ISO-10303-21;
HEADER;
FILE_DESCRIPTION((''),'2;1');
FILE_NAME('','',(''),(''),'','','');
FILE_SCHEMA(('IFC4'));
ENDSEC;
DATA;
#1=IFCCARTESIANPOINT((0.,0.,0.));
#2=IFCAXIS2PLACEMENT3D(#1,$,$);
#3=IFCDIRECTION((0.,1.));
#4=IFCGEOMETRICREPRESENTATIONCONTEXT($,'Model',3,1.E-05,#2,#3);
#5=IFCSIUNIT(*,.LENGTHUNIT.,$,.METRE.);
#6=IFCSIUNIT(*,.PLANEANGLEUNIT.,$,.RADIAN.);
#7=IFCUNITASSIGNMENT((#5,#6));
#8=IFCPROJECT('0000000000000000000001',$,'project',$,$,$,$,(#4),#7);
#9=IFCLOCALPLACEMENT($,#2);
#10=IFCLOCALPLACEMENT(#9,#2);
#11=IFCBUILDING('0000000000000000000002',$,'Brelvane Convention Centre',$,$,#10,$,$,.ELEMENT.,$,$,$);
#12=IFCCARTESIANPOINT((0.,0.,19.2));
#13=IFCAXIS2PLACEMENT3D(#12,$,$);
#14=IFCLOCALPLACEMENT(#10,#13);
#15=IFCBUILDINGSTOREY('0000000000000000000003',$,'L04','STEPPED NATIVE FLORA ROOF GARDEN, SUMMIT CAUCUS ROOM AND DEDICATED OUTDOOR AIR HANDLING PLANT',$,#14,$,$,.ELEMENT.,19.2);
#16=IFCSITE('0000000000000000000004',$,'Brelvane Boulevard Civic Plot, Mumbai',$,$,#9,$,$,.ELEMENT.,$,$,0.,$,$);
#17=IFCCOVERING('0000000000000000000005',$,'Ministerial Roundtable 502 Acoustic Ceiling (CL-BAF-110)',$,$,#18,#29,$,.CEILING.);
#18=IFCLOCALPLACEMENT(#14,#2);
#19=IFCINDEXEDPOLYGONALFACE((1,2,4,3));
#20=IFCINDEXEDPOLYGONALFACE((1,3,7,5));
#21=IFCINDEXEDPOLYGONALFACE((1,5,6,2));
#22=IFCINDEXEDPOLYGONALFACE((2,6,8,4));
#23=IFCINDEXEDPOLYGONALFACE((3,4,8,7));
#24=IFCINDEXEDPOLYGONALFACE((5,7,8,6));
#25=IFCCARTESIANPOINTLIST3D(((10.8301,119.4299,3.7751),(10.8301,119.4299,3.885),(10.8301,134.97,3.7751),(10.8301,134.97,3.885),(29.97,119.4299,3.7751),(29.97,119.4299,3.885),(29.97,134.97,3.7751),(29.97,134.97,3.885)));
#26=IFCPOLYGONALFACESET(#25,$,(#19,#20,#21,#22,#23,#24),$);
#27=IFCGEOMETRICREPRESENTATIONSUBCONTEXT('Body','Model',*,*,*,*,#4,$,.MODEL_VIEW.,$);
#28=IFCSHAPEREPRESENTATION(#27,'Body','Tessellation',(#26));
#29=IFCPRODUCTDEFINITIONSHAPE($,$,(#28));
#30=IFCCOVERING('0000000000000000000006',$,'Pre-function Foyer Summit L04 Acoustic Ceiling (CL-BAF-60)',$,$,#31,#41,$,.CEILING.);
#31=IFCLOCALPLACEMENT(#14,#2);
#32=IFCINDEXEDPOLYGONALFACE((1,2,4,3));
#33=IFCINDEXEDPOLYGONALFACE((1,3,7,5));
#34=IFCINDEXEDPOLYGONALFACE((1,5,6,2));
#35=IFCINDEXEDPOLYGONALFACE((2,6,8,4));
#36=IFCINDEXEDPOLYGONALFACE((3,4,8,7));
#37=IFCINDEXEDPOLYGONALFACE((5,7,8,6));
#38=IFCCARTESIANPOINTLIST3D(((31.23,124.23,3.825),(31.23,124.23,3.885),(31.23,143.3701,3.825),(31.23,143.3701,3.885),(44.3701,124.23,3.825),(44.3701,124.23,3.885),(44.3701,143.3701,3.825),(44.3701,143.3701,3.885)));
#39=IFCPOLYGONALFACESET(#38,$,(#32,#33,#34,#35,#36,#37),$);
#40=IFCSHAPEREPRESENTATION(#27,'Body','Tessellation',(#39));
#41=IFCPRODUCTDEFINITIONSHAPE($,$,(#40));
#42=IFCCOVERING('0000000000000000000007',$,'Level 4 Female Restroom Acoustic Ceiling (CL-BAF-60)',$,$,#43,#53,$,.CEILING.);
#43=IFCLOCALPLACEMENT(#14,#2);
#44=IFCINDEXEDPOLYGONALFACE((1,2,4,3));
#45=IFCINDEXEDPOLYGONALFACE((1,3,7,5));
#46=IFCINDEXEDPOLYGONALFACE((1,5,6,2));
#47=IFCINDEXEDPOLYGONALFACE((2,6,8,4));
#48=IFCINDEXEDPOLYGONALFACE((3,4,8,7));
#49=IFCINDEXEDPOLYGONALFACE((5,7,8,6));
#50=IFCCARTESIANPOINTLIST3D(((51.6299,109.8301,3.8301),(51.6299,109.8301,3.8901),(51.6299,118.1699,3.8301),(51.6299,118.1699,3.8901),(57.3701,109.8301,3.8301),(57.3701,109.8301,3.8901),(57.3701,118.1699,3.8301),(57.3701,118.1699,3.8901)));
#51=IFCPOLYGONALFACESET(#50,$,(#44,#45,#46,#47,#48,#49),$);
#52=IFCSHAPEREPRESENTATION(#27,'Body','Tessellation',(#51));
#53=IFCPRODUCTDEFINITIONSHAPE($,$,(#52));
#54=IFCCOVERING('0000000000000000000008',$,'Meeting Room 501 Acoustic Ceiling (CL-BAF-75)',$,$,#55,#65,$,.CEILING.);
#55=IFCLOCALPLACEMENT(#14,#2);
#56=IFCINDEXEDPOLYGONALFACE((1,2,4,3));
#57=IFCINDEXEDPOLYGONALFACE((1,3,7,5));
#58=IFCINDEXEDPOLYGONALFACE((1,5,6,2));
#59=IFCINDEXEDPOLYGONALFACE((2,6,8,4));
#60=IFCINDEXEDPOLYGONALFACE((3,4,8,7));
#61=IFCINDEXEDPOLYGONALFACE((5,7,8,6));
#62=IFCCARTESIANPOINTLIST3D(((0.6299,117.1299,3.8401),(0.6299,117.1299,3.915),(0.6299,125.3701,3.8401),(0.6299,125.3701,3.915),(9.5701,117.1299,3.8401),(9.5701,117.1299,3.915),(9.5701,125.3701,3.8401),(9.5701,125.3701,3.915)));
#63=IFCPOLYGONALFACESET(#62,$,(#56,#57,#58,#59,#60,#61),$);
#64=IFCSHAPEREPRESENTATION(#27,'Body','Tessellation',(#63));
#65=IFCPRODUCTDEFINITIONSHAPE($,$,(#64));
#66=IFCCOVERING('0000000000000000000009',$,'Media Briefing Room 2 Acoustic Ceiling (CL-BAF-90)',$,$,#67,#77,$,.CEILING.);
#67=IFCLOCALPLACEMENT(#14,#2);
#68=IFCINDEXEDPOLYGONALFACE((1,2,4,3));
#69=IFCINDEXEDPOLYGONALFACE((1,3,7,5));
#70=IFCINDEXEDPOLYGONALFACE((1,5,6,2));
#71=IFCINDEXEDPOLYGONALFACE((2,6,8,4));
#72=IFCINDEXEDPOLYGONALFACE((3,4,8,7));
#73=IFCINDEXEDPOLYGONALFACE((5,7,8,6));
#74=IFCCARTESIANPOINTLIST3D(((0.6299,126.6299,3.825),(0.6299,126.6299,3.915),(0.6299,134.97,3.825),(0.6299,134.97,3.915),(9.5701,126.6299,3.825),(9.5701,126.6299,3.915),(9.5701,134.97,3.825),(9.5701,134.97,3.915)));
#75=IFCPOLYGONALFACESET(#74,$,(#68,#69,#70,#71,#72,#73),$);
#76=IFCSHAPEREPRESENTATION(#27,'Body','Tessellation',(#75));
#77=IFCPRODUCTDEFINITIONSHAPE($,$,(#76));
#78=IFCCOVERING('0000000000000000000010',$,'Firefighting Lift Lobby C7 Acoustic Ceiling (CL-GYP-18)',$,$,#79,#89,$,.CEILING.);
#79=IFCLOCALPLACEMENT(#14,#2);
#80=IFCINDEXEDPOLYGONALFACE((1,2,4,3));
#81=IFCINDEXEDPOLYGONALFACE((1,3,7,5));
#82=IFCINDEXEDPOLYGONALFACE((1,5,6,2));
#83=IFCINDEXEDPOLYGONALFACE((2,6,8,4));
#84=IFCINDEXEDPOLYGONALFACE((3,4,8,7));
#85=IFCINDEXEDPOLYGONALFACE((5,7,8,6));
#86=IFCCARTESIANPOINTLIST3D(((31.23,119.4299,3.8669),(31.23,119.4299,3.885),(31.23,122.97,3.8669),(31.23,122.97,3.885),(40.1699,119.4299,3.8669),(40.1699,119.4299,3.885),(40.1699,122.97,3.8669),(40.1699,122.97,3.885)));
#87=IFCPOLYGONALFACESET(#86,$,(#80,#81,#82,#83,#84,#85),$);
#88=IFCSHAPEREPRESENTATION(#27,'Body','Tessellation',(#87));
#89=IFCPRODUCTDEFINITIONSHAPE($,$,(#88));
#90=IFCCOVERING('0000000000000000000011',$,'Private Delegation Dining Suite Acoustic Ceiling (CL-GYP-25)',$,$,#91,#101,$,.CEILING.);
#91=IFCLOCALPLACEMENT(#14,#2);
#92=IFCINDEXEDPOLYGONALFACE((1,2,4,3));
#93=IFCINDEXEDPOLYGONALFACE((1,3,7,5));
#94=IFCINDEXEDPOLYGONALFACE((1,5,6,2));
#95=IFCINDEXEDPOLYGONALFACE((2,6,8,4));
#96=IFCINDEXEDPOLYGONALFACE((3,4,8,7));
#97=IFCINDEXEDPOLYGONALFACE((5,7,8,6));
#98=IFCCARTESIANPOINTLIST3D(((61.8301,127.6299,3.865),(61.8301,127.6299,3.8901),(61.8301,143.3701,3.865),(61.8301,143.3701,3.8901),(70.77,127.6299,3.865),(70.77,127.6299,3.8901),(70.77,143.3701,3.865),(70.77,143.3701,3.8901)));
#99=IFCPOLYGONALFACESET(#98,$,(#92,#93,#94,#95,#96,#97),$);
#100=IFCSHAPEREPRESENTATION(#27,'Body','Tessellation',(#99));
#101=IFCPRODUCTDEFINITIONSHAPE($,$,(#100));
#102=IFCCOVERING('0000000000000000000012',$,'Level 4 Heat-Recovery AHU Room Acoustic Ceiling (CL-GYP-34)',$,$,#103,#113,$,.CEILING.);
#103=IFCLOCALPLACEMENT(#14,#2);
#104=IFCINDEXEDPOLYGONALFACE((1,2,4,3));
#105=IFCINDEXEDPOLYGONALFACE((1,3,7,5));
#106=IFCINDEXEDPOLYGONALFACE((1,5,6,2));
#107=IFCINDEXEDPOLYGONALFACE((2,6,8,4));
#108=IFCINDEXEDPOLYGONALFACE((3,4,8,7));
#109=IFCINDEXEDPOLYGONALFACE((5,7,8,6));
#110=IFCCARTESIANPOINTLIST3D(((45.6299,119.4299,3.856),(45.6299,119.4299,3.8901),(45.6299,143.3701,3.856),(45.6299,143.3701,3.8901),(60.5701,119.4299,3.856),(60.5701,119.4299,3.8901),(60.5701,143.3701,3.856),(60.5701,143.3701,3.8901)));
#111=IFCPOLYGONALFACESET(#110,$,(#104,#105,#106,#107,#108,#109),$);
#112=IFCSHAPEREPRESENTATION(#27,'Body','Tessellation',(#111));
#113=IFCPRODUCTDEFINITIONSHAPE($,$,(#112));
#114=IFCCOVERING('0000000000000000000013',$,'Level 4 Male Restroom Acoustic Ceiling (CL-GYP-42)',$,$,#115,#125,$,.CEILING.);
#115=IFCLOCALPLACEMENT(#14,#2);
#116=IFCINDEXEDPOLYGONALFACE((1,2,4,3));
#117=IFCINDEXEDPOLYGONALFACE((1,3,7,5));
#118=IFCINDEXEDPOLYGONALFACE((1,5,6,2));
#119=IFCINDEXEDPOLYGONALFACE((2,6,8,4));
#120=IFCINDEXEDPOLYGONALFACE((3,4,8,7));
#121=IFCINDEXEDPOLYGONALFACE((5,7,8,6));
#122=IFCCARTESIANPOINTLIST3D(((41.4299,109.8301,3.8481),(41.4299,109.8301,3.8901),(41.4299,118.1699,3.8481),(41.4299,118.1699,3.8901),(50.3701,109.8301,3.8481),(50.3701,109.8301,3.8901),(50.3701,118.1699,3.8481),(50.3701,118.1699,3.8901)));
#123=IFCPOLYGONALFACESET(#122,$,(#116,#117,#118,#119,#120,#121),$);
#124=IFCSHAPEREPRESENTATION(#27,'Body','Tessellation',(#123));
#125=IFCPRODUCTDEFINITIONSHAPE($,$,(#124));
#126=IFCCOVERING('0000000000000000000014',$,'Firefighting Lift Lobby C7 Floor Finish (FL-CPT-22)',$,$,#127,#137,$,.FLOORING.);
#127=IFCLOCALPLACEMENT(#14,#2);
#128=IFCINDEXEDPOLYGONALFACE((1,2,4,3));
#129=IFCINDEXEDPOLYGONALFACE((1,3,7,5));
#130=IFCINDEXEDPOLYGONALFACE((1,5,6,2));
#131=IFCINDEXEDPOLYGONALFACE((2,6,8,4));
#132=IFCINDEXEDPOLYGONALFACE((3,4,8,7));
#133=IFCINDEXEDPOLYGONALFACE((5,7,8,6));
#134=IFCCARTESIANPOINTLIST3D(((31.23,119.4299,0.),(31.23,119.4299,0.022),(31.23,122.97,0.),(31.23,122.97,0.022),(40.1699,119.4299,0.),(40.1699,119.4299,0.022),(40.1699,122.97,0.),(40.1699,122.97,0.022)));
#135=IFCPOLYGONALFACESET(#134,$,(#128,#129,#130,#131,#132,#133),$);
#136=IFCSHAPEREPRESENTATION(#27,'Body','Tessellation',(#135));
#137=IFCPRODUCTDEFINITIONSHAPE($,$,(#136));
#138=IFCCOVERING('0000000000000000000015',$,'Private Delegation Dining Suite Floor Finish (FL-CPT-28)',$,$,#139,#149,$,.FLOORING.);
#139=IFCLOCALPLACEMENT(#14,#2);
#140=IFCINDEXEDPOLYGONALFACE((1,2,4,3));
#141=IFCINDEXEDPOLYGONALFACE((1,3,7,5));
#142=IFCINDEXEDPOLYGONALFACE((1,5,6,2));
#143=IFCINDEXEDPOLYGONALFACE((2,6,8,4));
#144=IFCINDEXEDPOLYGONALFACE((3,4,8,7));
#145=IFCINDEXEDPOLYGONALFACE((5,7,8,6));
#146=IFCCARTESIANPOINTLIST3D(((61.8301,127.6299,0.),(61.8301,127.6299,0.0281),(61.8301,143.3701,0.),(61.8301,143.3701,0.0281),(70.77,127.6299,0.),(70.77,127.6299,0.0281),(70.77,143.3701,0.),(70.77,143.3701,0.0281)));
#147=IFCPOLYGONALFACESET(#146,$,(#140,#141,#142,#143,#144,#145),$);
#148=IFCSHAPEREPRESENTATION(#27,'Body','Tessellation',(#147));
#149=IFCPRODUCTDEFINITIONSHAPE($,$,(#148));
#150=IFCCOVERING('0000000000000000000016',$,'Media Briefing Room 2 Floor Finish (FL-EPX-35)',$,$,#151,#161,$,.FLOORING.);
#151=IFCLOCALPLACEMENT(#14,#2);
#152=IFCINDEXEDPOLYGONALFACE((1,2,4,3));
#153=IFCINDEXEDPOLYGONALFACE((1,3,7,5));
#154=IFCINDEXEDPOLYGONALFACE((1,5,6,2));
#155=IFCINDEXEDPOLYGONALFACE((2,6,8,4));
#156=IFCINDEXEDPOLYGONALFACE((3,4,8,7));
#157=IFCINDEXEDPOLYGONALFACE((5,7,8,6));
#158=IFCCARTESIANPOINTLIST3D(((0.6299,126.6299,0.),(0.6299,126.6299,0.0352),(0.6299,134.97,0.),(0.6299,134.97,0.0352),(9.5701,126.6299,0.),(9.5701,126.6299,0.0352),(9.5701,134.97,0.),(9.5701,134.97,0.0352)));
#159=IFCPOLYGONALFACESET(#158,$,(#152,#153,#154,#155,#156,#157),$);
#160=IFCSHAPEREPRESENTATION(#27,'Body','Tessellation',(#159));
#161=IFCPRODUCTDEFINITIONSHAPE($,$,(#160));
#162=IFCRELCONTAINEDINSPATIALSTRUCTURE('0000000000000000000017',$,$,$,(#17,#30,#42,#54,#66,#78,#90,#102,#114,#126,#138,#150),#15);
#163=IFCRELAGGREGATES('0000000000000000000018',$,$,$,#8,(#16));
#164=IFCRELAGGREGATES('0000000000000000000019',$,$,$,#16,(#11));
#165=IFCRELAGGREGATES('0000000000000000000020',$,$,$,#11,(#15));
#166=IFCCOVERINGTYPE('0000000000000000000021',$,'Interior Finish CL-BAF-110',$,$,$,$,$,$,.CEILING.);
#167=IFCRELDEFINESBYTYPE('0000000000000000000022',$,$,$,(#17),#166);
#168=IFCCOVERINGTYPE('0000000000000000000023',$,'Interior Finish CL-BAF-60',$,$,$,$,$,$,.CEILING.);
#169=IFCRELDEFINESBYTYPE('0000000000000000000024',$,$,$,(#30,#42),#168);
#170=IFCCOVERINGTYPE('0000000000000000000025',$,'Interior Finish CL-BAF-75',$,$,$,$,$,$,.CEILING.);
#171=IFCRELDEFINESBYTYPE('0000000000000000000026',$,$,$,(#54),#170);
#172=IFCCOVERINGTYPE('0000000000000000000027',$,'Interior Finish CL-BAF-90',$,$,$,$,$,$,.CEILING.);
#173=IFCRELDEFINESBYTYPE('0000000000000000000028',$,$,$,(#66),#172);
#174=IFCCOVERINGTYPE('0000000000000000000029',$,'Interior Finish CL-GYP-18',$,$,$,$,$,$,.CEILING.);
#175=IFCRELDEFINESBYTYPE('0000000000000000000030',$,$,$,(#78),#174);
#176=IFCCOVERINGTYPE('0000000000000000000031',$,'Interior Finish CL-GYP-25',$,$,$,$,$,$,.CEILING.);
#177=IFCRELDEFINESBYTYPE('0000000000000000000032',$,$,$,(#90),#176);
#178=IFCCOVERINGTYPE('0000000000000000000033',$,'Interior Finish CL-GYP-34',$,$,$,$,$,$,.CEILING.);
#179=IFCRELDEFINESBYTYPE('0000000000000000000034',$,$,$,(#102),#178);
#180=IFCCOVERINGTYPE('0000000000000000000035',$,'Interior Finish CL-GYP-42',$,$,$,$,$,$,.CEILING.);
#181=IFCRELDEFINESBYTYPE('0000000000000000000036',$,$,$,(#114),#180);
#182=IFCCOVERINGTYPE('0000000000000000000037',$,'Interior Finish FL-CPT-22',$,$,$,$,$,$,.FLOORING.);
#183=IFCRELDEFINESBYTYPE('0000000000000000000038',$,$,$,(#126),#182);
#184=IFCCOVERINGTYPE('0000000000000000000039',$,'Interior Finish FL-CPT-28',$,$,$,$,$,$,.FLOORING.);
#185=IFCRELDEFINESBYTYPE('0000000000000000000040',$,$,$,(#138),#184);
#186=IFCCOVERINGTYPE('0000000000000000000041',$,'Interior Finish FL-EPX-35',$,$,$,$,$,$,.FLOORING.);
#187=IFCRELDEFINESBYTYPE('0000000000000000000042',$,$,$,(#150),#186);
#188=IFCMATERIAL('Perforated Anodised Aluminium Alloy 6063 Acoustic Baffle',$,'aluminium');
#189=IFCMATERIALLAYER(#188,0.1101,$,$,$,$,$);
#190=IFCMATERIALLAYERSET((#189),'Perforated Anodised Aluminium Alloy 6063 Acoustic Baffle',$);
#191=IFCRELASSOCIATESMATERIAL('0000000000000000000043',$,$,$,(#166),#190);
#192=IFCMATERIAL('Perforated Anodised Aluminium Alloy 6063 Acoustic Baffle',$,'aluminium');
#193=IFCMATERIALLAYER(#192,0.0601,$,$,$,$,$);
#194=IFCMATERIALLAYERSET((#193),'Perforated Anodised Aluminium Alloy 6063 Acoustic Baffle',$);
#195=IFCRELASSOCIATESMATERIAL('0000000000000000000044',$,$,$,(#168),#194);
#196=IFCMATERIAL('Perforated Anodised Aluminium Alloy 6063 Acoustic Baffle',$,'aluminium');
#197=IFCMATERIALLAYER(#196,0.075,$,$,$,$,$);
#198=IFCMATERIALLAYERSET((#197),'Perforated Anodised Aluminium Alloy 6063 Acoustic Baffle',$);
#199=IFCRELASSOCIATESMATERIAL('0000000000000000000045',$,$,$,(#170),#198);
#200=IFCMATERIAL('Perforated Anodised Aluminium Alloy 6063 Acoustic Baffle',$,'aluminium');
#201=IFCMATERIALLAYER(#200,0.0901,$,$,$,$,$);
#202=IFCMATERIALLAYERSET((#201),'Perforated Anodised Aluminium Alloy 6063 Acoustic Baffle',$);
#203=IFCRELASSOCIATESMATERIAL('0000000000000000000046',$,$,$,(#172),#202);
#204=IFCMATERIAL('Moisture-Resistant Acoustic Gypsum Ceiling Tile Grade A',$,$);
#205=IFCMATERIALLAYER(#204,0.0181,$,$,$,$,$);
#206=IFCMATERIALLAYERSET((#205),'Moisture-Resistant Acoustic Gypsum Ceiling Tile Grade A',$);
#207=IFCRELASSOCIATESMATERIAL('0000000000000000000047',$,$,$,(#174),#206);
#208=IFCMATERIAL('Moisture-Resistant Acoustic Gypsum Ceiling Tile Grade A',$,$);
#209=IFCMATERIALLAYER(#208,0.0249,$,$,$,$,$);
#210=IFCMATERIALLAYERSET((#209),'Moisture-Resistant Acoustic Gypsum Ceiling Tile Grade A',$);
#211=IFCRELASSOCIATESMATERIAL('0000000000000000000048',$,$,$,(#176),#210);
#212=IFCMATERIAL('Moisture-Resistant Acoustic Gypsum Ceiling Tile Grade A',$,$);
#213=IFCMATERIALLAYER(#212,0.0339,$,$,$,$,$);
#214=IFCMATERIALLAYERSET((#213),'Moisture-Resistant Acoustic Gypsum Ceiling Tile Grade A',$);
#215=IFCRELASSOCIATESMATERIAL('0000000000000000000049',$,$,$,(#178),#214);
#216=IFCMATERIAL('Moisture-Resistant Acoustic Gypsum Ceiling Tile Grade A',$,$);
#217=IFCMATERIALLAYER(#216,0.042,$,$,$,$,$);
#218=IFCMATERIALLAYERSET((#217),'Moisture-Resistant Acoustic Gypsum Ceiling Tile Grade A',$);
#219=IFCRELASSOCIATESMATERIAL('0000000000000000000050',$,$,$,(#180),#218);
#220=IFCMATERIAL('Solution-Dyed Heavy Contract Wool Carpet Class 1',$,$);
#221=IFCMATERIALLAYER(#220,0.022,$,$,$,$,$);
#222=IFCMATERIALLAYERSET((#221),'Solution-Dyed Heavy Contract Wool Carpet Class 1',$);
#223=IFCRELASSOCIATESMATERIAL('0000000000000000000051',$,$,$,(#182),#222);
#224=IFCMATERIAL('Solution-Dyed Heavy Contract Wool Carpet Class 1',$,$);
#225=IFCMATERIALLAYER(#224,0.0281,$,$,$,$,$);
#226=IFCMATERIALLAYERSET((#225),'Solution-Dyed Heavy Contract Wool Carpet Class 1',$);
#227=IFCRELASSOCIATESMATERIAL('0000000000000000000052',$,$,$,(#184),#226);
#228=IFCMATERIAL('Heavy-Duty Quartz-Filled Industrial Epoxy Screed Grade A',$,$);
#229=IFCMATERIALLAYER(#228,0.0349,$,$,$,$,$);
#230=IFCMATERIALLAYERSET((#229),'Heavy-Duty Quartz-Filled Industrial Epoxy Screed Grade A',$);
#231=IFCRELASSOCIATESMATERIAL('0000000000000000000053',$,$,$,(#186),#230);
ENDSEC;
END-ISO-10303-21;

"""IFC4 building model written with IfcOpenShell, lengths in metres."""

from ifc_helpers import new_model, si_unit, direction, frame, origin, place, context, subcontext, project, spatial, polyline, outline, extrude, material, layer, layer_set, type_object, element, save


model = new_model("IFC4")

# Units and contexts
model_context = context("Model", 3, precision=1e-05, world=origin(), true_north=direction((0.0, 1.0)))
body_context = subcontext(model_context, "Body", "Model", "MODEL_VIEW")
ifc_project = project(units=[si_unit("LENGTHUNIT", "METRE"), si_unit("PLANEANGLEUNIT", "RADIAN")], contexts=[model_context])

# Site, building, storey
site_placement = place(None, origin())
site = spatial("IfcSite", under=ifc_project, at=site_placement, Name="Brelvane Boulevard Civic Plot, Mumbai", CompositionType="ELEMENT", RefElevation=0.0)
building_placement = place(site_placement, origin())
building = spatial("IfcBuilding", under=site, at=building_placement, Name="Brelvane Convention Centre", CompositionType="ELEMENT")
storey_placement = place(building_placement, frame((0.0, 0.0, 19.2)))
storey = spatial("IfcBuildingStorey", under=building, at=storey_placement, Name="L04", Description="STEPPED NATIVE FLORA ROOF GARDEN, SUMMIT CAUCUS ROOM AND DEDICATED OUTDOOR AIR HANDLING PLANT", CompositionType="ELEMENT", Elevation=19.2)

# Coverings
ifc_material_1 = material(Name="Perforated Anodised Aluminium Alloy 6063 Acoustic Baffle", Category="aluminium")
ifc_layer_1 = layer(ifc_material_1, 0.1101)
ifc_layer_set_1 = layer_set([ifc_layer_1], Name="Perforated Anodised Aluminium Alloy 6063 Acoustic Baffle")
covering_type_1 = type_object("IfcCoveringType", Name="Interior Finish CL-BAF-110", PredefinedType="CEILING", material=ifc_layer_set_1)
covering_1_placement = place(storey_placement, frame((0.0, 0.0, 3.7751)))
element("IfcCovering", 1, at=covering_1_placement, inside=storey, type_object=covering_type_1, Name="Ministerial Roundtable 502 Acoustic Ceiling (CL-BAF-110)", PredefinedType="CEILING", context=body_context, shape_type="SweptSolid", body=[
    extrude(outline(polyline([(10.8301, 119.4299), (29.97, 119.4299), (29.97, 134.97), (10.8301, 134.97), (10.8301, 119.4299)])), origin(), (0.0, 0.0, 1.0), 0.1099),
])
ifc_material_2 = material(Name="Perforated Anodised Aluminium Alloy 6063 Acoustic Baffle", Category="aluminium")
ifc_layer_2 = layer(ifc_material_2, 0.0601)
ifc_layer_set_2 = layer_set([ifc_layer_2], Name="Perforated Anodised Aluminium Alloy 6063 Acoustic Baffle")
covering_type_2 = type_object("IfcCoveringType", Name="Interior Finish CL-BAF-60", PredefinedType="CEILING", material=ifc_layer_set_2)
covering_2_placement = place(storey_placement, frame((0.0, 0.0, 3.825)))
element("IfcCovering", 2, at=covering_2_placement, inside=storey, type_object=covering_type_2, Name="Pre-function Foyer Summit L04 Acoustic Ceiling (CL-BAF-60)", PredefinedType="CEILING", context=body_context, shape_type="SweptSolid", body=[
    extrude(outline(polyline([(31.23, 124.23), (44.3701, 124.23), (44.3701, 143.3701), (31.23, 143.3701), (31.23, 124.23)])), origin(), (0.0, 0.0, 1.0), 0.0601),
])
covering_3_placement = place(storey_placement, frame((0.0, 0.0, 3.8301)))
element("IfcCovering", 3, at=covering_3_placement, inside=storey, type_object=covering_type_2, Name="Level 4 Female Restroom Acoustic Ceiling (CL-BAF-60)", PredefinedType="CEILING", context=body_context, shape_type="SweptSolid", body=[
    extrude(outline(polyline([(51.6299, 109.8301), (57.3701, 109.8301), (57.3701, 118.1699), (51.6299, 118.1699), (51.6299, 109.8301)])), origin(), (0.0, 0.0, 1.0), 0.0601),
])
ifc_material_3 = material(Name="Perforated Anodised Aluminium Alloy 6063 Acoustic Baffle", Category="aluminium")
ifc_layer_3 = layer(ifc_material_3, 0.075)
ifc_layer_set_3 = layer_set([ifc_layer_3], Name="Perforated Anodised Aluminium Alloy 6063 Acoustic Baffle")
covering_type_3 = type_object("IfcCoveringType", Name="Interior Finish CL-BAF-75", PredefinedType="CEILING", material=ifc_layer_set_3)
covering_4_placement = place(storey_placement, frame((0.0, 0.0, 3.8401)))
element("IfcCovering", 4, at=covering_4_placement, inside=storey, type_object=covering_type_3, Name="Meeting Room 501 Acoustic Ceiling (CL-BAF-75)", PredefinedType="CEILING", context=body_context, shape_type="SweptSolid", body=[
    extrude(outline(polyline([(0.6299, 117.1299), (9.5701, 117.1299), (9.5701, 125.3701), (0.6299, 125.3701), (0.6299, 117.1299)])), origin(), (0.0, 0.0, 1.0), 0.075),
])
ifc_material_4 = material(Name="Perforated Anodised Aluminium Alloy 6063 Acoustic Baffle", Category="aluminium")
ifc_layer_4 = layer(ifc_material_4, 0.0901)
ifc_layer_set_4 = layer_set([ifc_layer_4], Name="Perforated Anodised Aluminium Alloy 6063 Acoustic Baffle")
covering_type_4 = type_object("IfcCoveringType", Name="Interior Finish CL-BAF-90", PredefinedType="CEILING", material=ifc_layer_set_4)
covering_5_placement = place(storey_placement, frame((0.0, 0.0, 3.825)))
element("IfcCovering", 5, at=covering_5_placement, inside=storey, type_object=covering_type_4, Name="Media Briefing Room 2 Acoustic Ceiling (CL-BAF-90)", PredefinedType="CEILING", context=body_context, shape_type="SweptSolid", body=[
    extrude(outline(polyline([(0.6299, 126.6299), (9.5701, 126.6299), (9.5701, 134.97), (0.6299, 134.97), (0.6299, 126.6299)])), origin(), (0.0, 0.0, 1.0), 0.0901),
])
ifc_material_5 = material(Name="Moisture-Resistant Acoustic Gypsum Ceiling Tile Grade A")
ifc_layer_5 = layer(ifc_material_5, 0.0181)
ifc_layer_set_5 = layer_set([ifc_layer_5], Name="Moisture-Resistant Acoustic Gypsum Ceiling Tile Grade A")
covering_type_5 = type_object("IfcCoveringType", Name="Interior Finish CL-GYP-18", PredefinedType="CEILING", material=ifc_layer_set_5)
covering_6_placement = place(storey_placement, frame((0.0, 0.0, 3.8669)))
element("IfcCovering", 6, at=covering_6_placement, inside=storey, type_object=covering_type_5, Name="Firefighting Lift Lobby C7 Acoustic Ceiling (CL-GYP-18)", PredefinedType="CEILING", context=body_context, shape_type="SweptSolid", body=[
    extrude(outline(polyline([(31.23, 119.4299), (40.1699, 119.4299), (40.1699, 122.97), (31.23, 122.97), (31.23, 119.4299)])), origin(), (0.0, 0.0, 1.0), 0.0181),
])
ifc_material_6 = material(Name="Moisture-Resistant Acoustic Gypsum Ceiling Tile Grade A")
ifc_layer_6 = layer(ifc_material_6, 0.0249)
ifc_layer_set_6 = layer_set([ifc_layer_6], Name="Moisture-Resistant Acoustic Gypsum Ceiling Tile Grade A")
covering_type_6 = type_object("IfcCoveringType", Name="Interior Finish CL-GYP-25", PredefinedType="CEILING", material=ifc_layer_set_6)
covering_7_placement = place(storey_placement, frame((0.0, 0.0, 3.865)))
element("IfcCovering", 7, at=covering_7_placement, inside=storey, type_object=covering_type_6, Name="Private Delegation Dining Suite Acoustic Ceiling (CL-GYP-25)", PredefinedType="CEILING", context=body_context, shape_type="SweptSolid", body=[
    extrude(outline(polyline([(61.8301, 127.6299), (70.77, 127.6299), (70.77, 143.3701), (61.8301, 143.3701), (61.8301, 127.6299)])), origin(), (0.0, 0.0, 1.0), 0.0251),
])
ifc_material_7 = material(Name="Moisture-Resistant Acoustic Gypsum Ceiling Tile Grade A")
ifc_layer_7 = layer(ifc_material_7, 0.0339)
ifc_layer_set_7 = layer_set([ifc_layer_7], Name="Moisture-Resistant Acoustic Gypsum Ceiling Tile Grade A")
covering_type_7 = type_object("IfcCoveringType", Name="Interior Finish CL-GYP-34", PredefinedType="CEILING", material=ifc_layer_set_7)
covering_8_placement = place(storey_placement, frame((0.0, 0.0, 3.856)))
element("IfcCovering", 8, at=covering_8_placement, inside=storey, type_object=covering_type_7, Name="Level 4 Heat-Recovery AHU Room Acoustic Ceiling (CL-GYP-34)", PredefinedType="CEILING", context=body_context, shape_type="SweptSolid", body=[
    extrude(outline(polyline([(45.6299, 119.4299), (60.5701, 119.4299), (60.5701, 143.3701), (45.6299, 143.3701), (45.6299, 119.4299)])), origin(), (0.0, 0.0, 1.0), 0.0342),
])
ifc_material_8 = material(Name="Moisture-Resistant Acoustic Gypsum Ceiling Tile Grade A")
ifc_layer_8 = layer(ifc_material_8, 0.042)
ifc_layer_set_8 = layer_set([ifc_layer_8], Name="Moisture-Resistant Acoustic Gypsum Ceiling Tile Grade A")
covering_type_8 = type_object("IfcCoveringType", Name="Interior Finish CL-GYP-42", PredefinedType="CEILING", material=ifc_layer_set_8)
covering_9_placement = place(storey_placement, frame((0.0, 0.0, 3.8481)))
element("IfcCovering", 9, at=covering_9_placement, inside=storey, type_object=covering_type_8, Name="Level 4 Male Restroom Acoustic Ceiling (CL-GYP-42)", PredefinedType="CEILING", context=body_context, shape_type="SweptSolid", body=[
    extrude(outline(polyline([(41.4299, 109.8301), (50.3701, 109.8301), (50.3701, 118.1699), (41.4299, 118.1699), (41.4299, 109.8301)])), origin(), (0.0, 0.0, 1.0), 0.042),
])
ifc_material_9 = material(Name="Solution-Dyed Heavy Contract Wool Carpet Class 1")
ifc_layer_9 = layer(ifc_material_9, 0.022)
ifc_layer_set_9 = layer_set([ifc_layer_9], Name="Solution-Dyed Heavy Contract Wool Carpet Class 1")
covering_type_9 = type_object("IfcCoveringType", Name="Interior Finish FL-CPT-22", PredefinedType="FLOORING", material=ifc_layer_set_9)
covering_10_placement = place(storey_placement, origin())
element("IfcCovering", 10, at=covering_10_placement, inside=storey, type_object=covering_type_9, Name="Firefighting Lift Lobby C7 Floor Finish (FL-CPT-22)", PredefinedType="FLOORING", context=body_context, shape_type="SweptSolid", body=[
    extrude(outline(polyline([(31.23, 119.4299), (40.1699, 119.4299), (40.1699, 122.97), (31.23, 122.97), (31.23, 119.4299)])), origin(), (0.0, 0.0, 1.0), 0.022),
])
ifc_material_10 = material(Name="Solution-Dyed Heavy Contract Wool Carpet Class 1")
ifc_layer_10 = layer(ifc_material_10, 0.0281)
ifc_layer_set_10 = layer_set([ifc_layer_10], Name="Solution-Dyed Heavy Contract Wool Carpet Class 1")
covering_type_10 = type_object("IfcCoveringType", Name="Interior Finish FL-CPT-28", PredefinedType="FLOORING", material=ifc_layer_set_10)
covering_11_placement = place(storey_placement, origin())
element("IfcCovering", 11, at=covering_11_placement, inside=storey, type_object=covering_type_10, Name="Private Delegation Dining Suite Floor Finish (FL-CPT-28)", PredefinedType="FLOORING", context=body_context, shape_type="SweptSolid", body=[
    extrude(outline(polyline([(61.8301, 127.6299), (70.77, 127.6299), (70.77, 143.3701), (61.8301, 143.3701), (61.8301, 127.6299)])), origin(), (0.0, 0.0, 1.0), 0.0281),
])
ifc_material_11 = material(Name="Heavy-Duty Quartz-Filled Industrial Epoxy Screed Grade A")
ifc_layer_11 = layer(ifc_material_11, 0.0349)
ifc_layer_set_11 = layer_set([ifc_layer_11], Name="Heavy-Duty Quartz-Filled Industrial Epoxy Screed Grade A")
covering_type_11 = type_object("IfcCoveringType", Name="Interior Finish FL-EPX-35", PredefinedType="FLOORING", material=ifc_layer_set_11)
covering_12_placement = place(storey_placement, origin())
element("IfcCovering", 12, at=covering_12_placement, inside=storey, type_object=covering_type_11, Name="Media Briefing Room 2 Floor Finish (FL-EPX-35)", PredefinedType="FLOORING", context=body_context, shape_type="SweptSolid", body=[
    extrude(outline(polyline([(0.6299, 126.6299), (9.5701, 126.6299), (9.5701, 134.97), (0.6299, 134.97), (0.6299, 126.6299)])), origin(), (0.0, 0.0, 1.0), 0.0352),
])

save(model, "model.ifc")
